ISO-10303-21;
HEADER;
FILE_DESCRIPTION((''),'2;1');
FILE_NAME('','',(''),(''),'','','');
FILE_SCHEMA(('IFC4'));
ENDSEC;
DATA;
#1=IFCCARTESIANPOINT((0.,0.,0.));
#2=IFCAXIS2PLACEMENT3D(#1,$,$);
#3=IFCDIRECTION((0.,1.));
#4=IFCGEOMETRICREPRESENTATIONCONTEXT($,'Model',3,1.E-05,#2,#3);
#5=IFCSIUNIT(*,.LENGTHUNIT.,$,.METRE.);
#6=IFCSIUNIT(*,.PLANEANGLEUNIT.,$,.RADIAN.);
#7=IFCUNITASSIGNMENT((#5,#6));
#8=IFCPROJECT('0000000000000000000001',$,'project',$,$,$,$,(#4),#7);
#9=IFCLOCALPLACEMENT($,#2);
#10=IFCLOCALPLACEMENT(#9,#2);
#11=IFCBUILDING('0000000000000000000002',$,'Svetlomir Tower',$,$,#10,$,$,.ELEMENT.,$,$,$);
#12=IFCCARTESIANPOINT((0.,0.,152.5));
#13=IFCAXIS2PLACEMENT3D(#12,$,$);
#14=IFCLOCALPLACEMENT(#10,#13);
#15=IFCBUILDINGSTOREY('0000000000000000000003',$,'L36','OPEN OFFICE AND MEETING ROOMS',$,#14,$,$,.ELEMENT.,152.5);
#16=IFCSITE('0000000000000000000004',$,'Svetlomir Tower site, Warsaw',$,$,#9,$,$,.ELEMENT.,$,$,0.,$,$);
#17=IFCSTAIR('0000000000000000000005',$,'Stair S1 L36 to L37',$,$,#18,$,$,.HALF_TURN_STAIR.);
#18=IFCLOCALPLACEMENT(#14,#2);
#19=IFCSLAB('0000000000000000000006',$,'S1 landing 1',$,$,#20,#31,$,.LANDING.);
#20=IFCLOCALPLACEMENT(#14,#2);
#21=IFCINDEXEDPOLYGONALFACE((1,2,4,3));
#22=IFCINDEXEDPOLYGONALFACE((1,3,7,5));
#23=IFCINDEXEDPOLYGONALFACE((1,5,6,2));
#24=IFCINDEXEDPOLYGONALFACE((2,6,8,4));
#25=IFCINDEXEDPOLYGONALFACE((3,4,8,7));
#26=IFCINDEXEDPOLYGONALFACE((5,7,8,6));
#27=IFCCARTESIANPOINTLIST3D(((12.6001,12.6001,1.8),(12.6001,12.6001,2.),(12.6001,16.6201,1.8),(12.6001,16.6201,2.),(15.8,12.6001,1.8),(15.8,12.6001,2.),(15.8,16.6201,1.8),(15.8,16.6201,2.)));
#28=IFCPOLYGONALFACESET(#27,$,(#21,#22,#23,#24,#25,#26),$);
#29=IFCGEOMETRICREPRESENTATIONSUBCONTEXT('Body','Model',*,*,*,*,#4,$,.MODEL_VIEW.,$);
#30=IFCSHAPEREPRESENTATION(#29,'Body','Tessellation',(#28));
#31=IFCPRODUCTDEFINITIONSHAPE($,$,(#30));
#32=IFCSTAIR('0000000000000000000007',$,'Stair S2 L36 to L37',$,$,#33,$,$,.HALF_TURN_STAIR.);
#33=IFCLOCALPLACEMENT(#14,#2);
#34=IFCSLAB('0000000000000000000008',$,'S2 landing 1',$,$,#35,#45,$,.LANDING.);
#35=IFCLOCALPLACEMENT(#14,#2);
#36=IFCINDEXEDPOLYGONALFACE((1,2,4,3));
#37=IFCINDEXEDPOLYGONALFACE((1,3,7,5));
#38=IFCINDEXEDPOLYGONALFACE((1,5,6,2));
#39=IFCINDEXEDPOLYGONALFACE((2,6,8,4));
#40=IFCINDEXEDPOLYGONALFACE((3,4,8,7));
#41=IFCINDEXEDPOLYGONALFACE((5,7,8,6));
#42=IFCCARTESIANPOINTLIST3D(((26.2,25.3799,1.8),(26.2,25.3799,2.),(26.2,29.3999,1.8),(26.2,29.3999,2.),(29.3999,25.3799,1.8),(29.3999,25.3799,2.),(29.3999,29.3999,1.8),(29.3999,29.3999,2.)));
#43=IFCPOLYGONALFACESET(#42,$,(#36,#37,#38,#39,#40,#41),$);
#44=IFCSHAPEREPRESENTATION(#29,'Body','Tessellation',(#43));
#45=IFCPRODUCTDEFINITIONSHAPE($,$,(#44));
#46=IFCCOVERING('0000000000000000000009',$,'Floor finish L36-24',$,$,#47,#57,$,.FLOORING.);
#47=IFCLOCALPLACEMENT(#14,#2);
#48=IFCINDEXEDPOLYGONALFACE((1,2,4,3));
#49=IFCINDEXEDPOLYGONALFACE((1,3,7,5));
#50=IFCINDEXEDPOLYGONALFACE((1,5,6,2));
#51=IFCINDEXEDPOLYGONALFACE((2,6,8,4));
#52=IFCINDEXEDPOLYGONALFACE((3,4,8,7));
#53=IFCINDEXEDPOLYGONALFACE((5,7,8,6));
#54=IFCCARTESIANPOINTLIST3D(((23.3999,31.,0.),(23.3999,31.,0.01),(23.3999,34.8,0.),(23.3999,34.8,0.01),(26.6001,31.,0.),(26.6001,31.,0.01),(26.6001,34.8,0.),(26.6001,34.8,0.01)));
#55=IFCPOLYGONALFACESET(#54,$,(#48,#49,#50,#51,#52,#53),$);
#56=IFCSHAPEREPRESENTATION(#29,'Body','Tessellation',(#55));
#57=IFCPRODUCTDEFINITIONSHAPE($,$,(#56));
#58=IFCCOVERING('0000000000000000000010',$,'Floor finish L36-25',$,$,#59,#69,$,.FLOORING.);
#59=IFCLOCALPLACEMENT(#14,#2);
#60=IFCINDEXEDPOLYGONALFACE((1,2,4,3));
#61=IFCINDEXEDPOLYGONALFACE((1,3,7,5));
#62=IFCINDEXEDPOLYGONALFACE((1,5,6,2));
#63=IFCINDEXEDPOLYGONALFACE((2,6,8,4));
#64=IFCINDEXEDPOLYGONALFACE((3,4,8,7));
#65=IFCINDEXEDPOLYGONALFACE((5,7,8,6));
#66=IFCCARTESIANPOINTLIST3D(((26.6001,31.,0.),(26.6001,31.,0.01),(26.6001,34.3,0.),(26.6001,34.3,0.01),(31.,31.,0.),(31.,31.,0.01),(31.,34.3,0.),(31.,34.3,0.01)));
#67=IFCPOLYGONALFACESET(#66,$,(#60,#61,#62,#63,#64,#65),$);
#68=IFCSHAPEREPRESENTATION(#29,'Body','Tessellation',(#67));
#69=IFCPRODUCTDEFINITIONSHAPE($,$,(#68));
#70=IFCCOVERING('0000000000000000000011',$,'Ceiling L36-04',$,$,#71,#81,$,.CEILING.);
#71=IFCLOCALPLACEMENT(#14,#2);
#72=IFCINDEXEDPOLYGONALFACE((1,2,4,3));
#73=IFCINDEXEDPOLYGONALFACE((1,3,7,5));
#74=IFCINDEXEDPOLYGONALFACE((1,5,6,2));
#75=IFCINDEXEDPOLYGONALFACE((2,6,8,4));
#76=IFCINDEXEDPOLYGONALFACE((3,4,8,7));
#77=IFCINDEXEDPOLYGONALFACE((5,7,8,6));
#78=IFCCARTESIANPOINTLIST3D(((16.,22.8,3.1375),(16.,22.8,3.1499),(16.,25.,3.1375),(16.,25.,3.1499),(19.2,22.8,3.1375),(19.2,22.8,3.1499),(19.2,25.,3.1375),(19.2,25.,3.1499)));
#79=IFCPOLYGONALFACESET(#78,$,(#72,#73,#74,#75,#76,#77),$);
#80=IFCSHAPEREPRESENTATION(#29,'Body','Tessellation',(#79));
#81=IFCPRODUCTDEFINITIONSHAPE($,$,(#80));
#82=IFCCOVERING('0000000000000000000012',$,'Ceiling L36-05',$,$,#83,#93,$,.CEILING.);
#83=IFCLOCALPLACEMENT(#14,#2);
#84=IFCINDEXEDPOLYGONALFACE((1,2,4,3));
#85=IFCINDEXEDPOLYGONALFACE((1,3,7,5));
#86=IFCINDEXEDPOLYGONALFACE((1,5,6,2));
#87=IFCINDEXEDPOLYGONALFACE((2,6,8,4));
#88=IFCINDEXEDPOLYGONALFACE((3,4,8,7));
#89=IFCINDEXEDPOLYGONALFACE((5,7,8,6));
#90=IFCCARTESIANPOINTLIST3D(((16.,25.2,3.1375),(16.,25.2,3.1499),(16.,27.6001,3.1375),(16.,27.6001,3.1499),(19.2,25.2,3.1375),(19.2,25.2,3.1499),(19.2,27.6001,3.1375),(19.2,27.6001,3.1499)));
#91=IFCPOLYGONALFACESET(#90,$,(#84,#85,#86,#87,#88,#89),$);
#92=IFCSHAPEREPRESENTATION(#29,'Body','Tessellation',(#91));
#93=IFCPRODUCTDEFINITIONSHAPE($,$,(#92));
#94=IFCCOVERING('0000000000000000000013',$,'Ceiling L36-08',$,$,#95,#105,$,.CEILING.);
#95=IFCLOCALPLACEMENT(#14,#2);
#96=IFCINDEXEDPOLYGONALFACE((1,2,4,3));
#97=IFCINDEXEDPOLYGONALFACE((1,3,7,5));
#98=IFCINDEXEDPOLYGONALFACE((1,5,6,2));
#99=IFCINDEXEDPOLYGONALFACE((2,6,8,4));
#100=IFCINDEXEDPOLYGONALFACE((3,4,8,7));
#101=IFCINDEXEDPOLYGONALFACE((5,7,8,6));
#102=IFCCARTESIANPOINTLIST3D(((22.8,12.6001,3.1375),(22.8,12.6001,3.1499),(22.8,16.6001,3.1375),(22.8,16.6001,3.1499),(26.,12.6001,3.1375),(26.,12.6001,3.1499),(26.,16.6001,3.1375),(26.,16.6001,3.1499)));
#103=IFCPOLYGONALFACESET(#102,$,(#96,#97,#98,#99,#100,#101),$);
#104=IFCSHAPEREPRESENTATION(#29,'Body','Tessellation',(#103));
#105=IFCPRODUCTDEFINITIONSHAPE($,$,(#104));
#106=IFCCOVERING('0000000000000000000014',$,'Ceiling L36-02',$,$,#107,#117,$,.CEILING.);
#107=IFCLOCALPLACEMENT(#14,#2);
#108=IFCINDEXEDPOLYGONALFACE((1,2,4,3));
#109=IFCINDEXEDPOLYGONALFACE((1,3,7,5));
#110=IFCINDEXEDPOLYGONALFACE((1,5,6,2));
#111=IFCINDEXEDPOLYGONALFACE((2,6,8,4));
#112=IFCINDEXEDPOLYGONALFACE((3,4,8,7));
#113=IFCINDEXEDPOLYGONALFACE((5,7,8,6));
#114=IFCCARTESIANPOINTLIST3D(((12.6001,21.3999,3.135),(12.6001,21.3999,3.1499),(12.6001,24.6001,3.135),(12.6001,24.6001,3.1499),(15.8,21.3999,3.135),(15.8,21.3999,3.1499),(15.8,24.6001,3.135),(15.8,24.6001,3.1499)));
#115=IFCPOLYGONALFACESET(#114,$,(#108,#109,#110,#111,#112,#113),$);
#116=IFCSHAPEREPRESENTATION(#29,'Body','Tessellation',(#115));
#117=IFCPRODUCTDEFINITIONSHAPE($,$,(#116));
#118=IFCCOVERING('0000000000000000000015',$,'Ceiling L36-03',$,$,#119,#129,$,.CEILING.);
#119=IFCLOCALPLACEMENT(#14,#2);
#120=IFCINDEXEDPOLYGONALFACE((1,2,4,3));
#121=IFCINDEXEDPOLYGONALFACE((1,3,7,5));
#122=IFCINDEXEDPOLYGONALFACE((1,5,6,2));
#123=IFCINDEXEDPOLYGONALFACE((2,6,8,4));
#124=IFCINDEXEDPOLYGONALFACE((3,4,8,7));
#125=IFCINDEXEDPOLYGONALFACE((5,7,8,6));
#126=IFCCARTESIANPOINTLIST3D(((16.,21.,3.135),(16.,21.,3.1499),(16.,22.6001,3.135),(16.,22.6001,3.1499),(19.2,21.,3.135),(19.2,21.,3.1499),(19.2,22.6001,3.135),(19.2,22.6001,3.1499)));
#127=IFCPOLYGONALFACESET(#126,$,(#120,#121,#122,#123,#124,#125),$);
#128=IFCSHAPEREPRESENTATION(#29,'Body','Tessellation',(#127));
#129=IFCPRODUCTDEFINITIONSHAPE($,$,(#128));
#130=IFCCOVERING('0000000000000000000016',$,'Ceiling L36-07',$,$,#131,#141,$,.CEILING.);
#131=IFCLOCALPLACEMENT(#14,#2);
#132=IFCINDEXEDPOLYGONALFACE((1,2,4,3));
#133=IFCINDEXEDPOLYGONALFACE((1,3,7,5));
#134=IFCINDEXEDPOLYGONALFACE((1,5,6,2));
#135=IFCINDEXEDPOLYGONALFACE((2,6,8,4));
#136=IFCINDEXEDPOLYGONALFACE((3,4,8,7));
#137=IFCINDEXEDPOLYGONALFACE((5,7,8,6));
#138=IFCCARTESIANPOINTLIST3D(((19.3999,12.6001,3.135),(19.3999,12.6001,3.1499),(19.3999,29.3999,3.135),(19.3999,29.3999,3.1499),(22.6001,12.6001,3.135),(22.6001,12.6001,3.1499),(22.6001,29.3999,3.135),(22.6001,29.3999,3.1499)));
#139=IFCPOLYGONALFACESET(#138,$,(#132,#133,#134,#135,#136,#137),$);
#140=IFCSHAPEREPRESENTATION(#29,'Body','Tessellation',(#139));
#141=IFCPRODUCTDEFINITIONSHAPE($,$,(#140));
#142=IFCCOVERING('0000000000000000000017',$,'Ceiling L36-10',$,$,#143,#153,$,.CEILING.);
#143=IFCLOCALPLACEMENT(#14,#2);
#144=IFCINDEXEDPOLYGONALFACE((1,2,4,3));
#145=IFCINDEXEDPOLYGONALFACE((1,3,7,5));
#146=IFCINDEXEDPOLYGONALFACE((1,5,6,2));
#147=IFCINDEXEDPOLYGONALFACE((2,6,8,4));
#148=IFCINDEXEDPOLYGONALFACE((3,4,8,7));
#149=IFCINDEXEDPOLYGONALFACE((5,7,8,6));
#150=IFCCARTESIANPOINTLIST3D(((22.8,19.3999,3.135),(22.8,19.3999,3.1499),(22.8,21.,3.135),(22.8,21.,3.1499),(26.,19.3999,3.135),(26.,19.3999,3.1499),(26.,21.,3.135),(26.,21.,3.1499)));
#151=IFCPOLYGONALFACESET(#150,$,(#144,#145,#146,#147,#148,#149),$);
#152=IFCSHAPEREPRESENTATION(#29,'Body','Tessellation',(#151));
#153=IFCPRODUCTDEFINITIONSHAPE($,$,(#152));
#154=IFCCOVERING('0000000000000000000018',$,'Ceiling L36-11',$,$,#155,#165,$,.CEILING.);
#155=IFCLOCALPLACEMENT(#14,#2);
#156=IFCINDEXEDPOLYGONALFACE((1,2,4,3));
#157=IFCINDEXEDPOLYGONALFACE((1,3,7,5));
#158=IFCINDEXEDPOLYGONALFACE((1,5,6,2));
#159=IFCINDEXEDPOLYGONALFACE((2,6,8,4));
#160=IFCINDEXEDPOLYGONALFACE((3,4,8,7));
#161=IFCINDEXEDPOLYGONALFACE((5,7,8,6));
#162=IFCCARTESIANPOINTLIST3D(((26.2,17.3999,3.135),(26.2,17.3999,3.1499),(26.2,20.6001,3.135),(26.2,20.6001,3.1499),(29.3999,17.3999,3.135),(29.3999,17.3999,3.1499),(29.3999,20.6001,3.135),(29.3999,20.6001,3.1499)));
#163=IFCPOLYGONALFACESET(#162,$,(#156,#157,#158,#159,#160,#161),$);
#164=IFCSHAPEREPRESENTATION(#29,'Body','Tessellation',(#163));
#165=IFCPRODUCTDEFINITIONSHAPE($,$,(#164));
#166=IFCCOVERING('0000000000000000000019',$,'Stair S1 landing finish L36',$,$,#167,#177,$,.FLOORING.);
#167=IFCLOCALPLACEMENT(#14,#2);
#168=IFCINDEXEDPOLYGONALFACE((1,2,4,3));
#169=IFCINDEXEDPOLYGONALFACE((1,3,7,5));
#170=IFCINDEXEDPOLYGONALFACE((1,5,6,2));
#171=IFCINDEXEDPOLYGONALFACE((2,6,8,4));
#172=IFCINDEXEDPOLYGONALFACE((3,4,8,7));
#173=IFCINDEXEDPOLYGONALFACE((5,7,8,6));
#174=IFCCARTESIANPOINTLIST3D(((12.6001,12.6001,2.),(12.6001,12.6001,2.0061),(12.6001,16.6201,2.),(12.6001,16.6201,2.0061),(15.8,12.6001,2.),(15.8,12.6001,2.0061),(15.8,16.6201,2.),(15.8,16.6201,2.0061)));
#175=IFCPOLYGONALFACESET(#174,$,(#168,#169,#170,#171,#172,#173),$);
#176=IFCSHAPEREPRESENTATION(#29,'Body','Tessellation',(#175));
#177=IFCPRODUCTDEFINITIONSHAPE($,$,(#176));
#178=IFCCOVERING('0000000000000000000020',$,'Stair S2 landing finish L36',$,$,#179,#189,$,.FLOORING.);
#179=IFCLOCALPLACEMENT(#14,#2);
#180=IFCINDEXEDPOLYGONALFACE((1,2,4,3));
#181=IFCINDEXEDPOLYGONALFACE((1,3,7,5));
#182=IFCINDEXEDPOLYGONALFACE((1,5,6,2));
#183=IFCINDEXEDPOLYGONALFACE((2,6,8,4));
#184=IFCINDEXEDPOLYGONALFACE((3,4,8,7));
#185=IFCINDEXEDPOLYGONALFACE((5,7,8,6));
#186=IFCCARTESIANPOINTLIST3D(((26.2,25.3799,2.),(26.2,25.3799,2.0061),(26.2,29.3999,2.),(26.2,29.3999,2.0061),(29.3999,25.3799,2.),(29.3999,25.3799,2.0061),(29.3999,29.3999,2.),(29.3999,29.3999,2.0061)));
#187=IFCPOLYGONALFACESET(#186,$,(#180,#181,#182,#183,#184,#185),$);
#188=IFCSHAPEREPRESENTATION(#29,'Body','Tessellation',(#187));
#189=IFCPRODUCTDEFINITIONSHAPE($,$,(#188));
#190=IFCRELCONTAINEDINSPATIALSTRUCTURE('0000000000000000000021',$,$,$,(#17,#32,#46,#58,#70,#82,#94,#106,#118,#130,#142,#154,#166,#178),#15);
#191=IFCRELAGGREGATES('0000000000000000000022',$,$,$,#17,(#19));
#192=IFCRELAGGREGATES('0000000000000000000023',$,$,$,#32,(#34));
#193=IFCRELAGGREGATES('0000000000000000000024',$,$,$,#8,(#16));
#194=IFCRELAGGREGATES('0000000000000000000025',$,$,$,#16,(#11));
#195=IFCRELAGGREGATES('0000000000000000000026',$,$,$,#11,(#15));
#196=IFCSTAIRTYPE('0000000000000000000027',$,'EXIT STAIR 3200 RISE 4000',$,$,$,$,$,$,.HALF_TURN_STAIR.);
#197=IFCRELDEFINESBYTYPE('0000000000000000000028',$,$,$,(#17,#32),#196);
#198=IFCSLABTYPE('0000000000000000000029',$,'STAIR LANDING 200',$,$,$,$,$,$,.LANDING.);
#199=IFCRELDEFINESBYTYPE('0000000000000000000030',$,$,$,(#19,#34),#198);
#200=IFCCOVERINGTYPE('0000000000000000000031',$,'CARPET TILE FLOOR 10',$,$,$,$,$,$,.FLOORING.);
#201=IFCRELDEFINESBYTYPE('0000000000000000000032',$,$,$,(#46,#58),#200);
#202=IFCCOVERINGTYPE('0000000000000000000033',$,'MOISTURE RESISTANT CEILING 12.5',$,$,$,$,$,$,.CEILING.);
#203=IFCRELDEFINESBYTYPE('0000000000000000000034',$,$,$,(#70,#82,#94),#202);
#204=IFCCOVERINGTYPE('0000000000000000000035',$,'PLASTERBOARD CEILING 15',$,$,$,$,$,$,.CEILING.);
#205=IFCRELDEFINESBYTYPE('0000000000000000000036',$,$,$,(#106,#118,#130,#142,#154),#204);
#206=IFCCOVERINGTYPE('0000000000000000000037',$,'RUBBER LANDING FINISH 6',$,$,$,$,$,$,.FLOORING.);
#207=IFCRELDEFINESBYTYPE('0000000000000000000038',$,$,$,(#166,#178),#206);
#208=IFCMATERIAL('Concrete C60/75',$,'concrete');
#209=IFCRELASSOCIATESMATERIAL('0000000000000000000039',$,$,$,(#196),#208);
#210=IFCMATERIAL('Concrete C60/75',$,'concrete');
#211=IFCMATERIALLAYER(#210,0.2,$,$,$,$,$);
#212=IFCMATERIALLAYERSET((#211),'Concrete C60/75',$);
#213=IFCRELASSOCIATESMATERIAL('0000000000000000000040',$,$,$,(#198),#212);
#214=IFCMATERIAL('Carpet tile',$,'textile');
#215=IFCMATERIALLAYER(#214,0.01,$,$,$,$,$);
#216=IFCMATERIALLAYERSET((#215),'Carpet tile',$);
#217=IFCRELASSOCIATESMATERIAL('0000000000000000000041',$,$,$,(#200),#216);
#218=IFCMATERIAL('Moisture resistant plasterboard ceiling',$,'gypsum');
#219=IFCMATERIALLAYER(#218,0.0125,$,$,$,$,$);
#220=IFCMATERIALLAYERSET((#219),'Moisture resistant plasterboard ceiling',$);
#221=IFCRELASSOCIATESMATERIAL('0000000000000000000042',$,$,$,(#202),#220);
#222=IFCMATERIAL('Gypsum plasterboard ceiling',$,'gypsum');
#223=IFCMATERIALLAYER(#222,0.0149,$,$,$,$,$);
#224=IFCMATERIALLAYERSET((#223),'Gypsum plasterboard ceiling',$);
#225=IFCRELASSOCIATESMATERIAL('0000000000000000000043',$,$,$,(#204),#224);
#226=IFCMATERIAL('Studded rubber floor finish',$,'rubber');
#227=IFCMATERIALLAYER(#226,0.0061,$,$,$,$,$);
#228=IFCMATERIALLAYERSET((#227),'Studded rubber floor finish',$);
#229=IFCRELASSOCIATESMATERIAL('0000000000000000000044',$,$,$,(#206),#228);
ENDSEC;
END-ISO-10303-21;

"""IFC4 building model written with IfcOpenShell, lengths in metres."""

from ifc_helpers import new_model, si_unit, direction, frame, origin, place, context, subcontext, project, spatial, polyline, outline, extrude, material, layer, layer_set, type_object, element, aggregate, save


model = new_model("IFC4")

# Units and contexts
model_context = context("Model", 3, precision=1e-05, world=origin(), true_north=direction((0.0, 1.0)))
body_context = subcontext(model_context, "Body", "Model", "MODEL_VIEW")
ifc_project = project(units=[si_unit("LENGTHUNIT", "METRE"), si_unit("PLANEANGLEUNIT", "RADIAN")], contexts=[model_context])

# Site, building, storey
site_placement = place(None, origin())
site = spatial("IfcSite", under=ifc_project, at=site_placement, Name="Svetlomir Tower site, Warsaw", CompositionType="ELEMENT", RefElevation=0.0)
building_placement = place(site_placement, origin())
building = spatial("IfcBuilding", under=site, at=building_placement, Name="Svetlomir Tower", CompositionType="ELEMENT")
storey_placement = place(building_placement, frame((0.0, 0.0, 152.5)))
storey = spatial("IfcBuildingStorey", under=building, at=storey_placement, Name="L36", Description="OPEN OFFICE AND MEETING ROOMS", CompositionType="ELEMENT", Elevation=152.5)

# Stairs, slabs
ifc_material_1 = material(Name="Concrete C60/75", Category="concrete")
stair_type = type_object("IfcStairType", Name="EXIT STAIR 3200 RISE 4000", PredefinedType="HALF_TURN_STAIR", material=ifc_material_1)
stair_1_placement = place(storey_placement, origin())
stair_1 = element("IfcStair", 1, at=stair_1_placement, inside=storey, type_object=stair_type, Name="Stair S1 L36 to L37", PredefinedType="HALF_TURN_STAIR")
ifc_material_2 = material(Name="Concrete C60/75", Category="concrete")
ifc_layer_1 = layer(ifc_material_2, 0.2)
ifc_layer_set_1 = layer_set([ifc_layer_1], Name="Concrete C60/75")
slab_type = type_object("IfcSlabType", Name="STAIR LANDING 200", PredefinedType="LANDING", material=ifc_layer_set_1)
slab_1_placement = place(storey_placement, frame((0.0, 0.0, 1.8)))
slab_1 = element("IfcSlab", 2, at=slab_1_placement, type_object=slab_type, Name="S1 landing 1", PredefinedType="LANDING", context=body_context, shape_type="SweptSolid", body=[
    extrude(outline(polyline([(12.6001, 12.6001), (15.8, 12.6001), (15.8, 16.6201), (12.6001, 16.6201), (12.6001, 12.6001)])), origin(), (0.0, 0.0, 1.0), 0.2),
])
aggregate(stair_1, [slab_1])
stair_2_placement = place(storey_placement, origin())
stair_2 = element("IfcStair", 3, at=stair_2_placement, inside=storey, type_object=stair_type, Name="Stair S2 L36 to L37", PredefinedType="HALF_TURN_STAIR")
slab_2_placement = place(storey_placement, frame((0.0, 0.0, 1.8)))
slab_2 = element("IfcSlab", 4, at=slab_2_placement, type_object=slab_type, Name="S2 landing 1", PredefinedType="LANDING", context=body_context, shape_type="SweptSolid", body=[
    extrude(outline(polyline([(26.2, 25.3799), (29.3999, 25.3799), (29.3999, 29.3999), (26.2, 29.3999), (26.2, 25.3799)])), origin(), (0.0, 0.0, 1.0), 0.2),
])
aggregate(stair_2, [slab_2])

# Coverings
ifc_material_3 = material(Name="Carpet tile", Category="textile")
ifc_layer_2 = layer(ifc_material_3, 0.01)
ifc_layer_set_2 = layer_set([ifc_layer_2], Name="Carpet tile")
covering_type_1 = type_object("IfcCoveringType", Name="CARPET TILE FLOOR 10", PredefinedType="FLOORING", material=ifc_layer_set_2)
covering_1_placement = place(storey_placement, origin())
element("IfcCovering", 5, at=covering_1_placement, inside=storey, type_object=covering_type_1, Name="Floor finish L36-24", PredefinedType="FLOORING", context=body_context, shape_type="SweptSolid", body=[
    extrude(outline(polyline([(23.3999, 31.0), (26.6001, 31.0), (26.6001, 34.8), (23.3999, 34.8), (23.3999, 31.0)])), origin(), (0.0, 0.0, 1.0), 0.01),
])
covering_2_placement = place(storey_placement, origin())
element("IfcCovering", 6, at=covering_2_placement, inside=storey, type_object=covering_type_1, Name="Floor finish L36-25", PredefinedType="FLOORING", context=body_context, shape_type="SweptSolid", body=[
    extrude(outline(polyline([(26.6001, 31.0), (31.0, 31.0), (31.0, 34.3), (26.6001, 34.3), (26.6001, 31.0)])), origin(), (0.0, 0.0, 1.0), 0.01),
])
ifc_material_4 = material(Name="Moisture resistant plasterboard ceiling", Category="gypsum")
ifc_layer_3 = layer(ifc_material_4, 0.0125)
ifc_layer_set_3 = layer_set([ifc_layer_3], Name="Moisture resistant plasterboard ceiling")
covering_type_2 = type_object("IfcCoveringType", Name="MOISTURE RESISTANT CEILING 12.5", PredefinedType="CEILING", material=ifc_layer_set_3)
covering_3_placement = place(storey_placement, frame((0.0, 0.0, 3.1375)))
element("IfcCovering", 7, at=covering_3_placement, inside=storey, type_object=covering_type_2, Name="Ceiling L36-04", PredefinedType="CEILING", context=body_context, shape_type="SweptSolid", body=[
    extrude(outline(polyline([(16.0, 22.8), (19.2, 22.8), (19.2, 25.0), (16.0, 25.0), (16.0, 22.8)])), origin(), (0.0, 0.0, 1.0), 0.0125),
])
covering_4_placement = place(storey_placement, frame((0.0, 0.0, 3.1375)))
element("IfcCovering", 8, at=covering_4_placement, inside=storey, type_object=covering_type_2, Name="Ceiling L36-05", PredefinedType="CEILING", context=body_context, shape_type="SweptSolid", body=[
    extrude(outline(polyline([(16.0, 25.2), (19.2, 25.2), (19.2, 27.6001), (16.0, 27.6001), (16.0, 25.2)])), origin(), (0.0, 0.0, 1.0), 0.0125),
])
covering_5_placement = place(storey_placement, frame((0.0, 0.0, 3.1375)))
element("IfcCovering", 9, at=covering_5_placement, inside=storey, type_object=covering_type_2, Name="Ceiling L36-08", PredefinedType="CEILING", context=body_context, shape_type="SweptSolid", body=[
    extrude(outline(polyline([(22.8, 12.6001), (26.0, 12.6001), (26.0, 16.6001), (22.8, 16.6001), (22.8, 12.6001)])), origin(), (0.0, 0.0, 1.0), 0.0125),
])
ifc_material_5 = material(Name="Gypsum plasterboard ceiling", Category="gypsum")
ifc_layer_4 = layer(ifc_material_5, 0.0149)
ifc_layer_set_4 = layer_set([ifc_layer_4], Name="Gypsum plasterboard ceiling")
covering_type_3 = type_object("IfcCoveringType", Name="PLASTERBOARD CEILING 15", PredefinedType="CEILING", material=ifc_layer_set_4)
covering_6_placement = place(storey_placement, frame((0.0, 0.0, 3.135)))
element("IfcCovering", 10, at=covering_6_placement, inside=storey, type_object=covering_type_3, Name="Ceiling L36-02", PredefinedType="CEILING", context=body_context, shape_type="SweptSolid", body=[
    extrude(outline(polyline([(12.6001, 21.3999), (15.8, 21.3999), (15.8, 24.6001), (12.6001, 24.6001), (12.6001, 21.3999)])), origin(), (0.0, 0.0, 1.0), 0.0149),
])
covering_7_placement = place(storey_placement, frame((0.0, 0.0, 3.135)))
element("IfcCovering", 11, at=covering_7_placement, inside=storey, type_object=covering_type_3, Name="Ceiling L36-03", PredefinedType="CEILING", context=body_context, shape_type="SweptSolid", body=[
    extrude(outline(polyline([(16.0, 21.0), (19.2, 21.0), (19.2, 22.6001), (16.0, 22.6001), (16.0, 21.0)])), origin(), (0.0, 0.0, 1.0), 0.0149),
])
covering_8_placement = place(storey_placement, frame((0.0, 0.0, 3.135)))
element("IfcCovering", 12, at=covering_8_placement, inside=storey, type_object=covering_type_3, Name="Ceiling L36-07", PredefinedType="CEILING", context=body_context, shape_type="SweptSolid", body=[
    extrude(outline(polyline([(19.3999, 12.6001), (22.6001, 12.6001), (22.6001, 29.3999), (19.3999, 29.3999), (19.3999, 12.6001)])), origin(), (0.0, 0.0, 1.0), 0.0149),
])
covering_9_placement = place(storey_placement, frame((0.0, 0.0, 3.135)))
element("IfcCovering", 13, at=covering_9_placement, inside=storey, type_object=covering_type_3, Name="Ceiling L36-10", PredefinedType="CEILING", context=body_context, shape_type="SweptSolid", body=[
    extrude(outline(polyline([(22.8, 19.3999), (26.0, 19.3999), (26.0, 21.0), (22.8, 21.0), (22.8, 19.3999)])), origin(), (0.0, 0.0, 1.0), 0.0149),
])
covering_10_placement = place(storey_placement, frame((0.0, 0.0, 3.135)))
element("IfcCovering", 14, at=covering_10_placement, inside=storey, type_object=covering_type_3, Name="Ceiling L36-11", PredefinedType="CEILING", context=body_context, shape_type="SweptSolid", body=[
    extrude(outline(polyline([(26.2, 17.3999), (29.3999, 17.3999), (29.3999, 20.6001), (26.2, 20.6001), (26.2, 17.3999)])), origin(), (0.0, 0.0, 1.0), 0.0149),
])
ifc_material_6 = material(Name="Studded rubber floor finish", Category="rubber")
ifc_layer_5 = layer(ifc_material_6, 0.0061)
ifc_layer_set_5 = layer_set([ifc_layer_5], Name="Studded rubber floor finish")
covering_type_4 = type_object("IfcCoveringType", Name="RUBBER LANDING FINISH 6", PredefinedType="FLOORING", material=ifc_layer_set_5)
covering_11_placement = place(storey_placement, frame((0.0, 0.0, 2.0)))
element("IfcCovering", 15, at=covering_11_placement, inside=storey, type_object=covering_type_4, Name="Stair S1 landing finish L36", PredefinedType="FLOORING", context=body_context, shape_type="SweptSolid", body=[
    extrude(outline(polyline([(12.6001, 12.6001), (15.8, 12.6001), (15.8, 16.6201), (12.6001, 16.6201), (12.6001, 12.6001)])), origin(), (0.0, 0.0, 1.0), 0.0061),
])
covering_12_placement = place(storey_placement, frame((0.0, 0.0, 2.0)))
element("IfcCovering", 16, at=covering_12_placement, inside=storey, type_object=covering_type_4, Name="Stair S2 landing finish L36", PredefinedType="FLOORING", context=body_context, shape_type="SweptSolid", body=[
    extrude(outline(polyline([(26.2, 25.3799), (29.3999, 25.3799), (29.3999, 29.3999), (26.2, 29.3999), (26.2, 25.3799)])), origin(), (0.0, 0.0, 1.0), 0.0061),
])

save(model, "model.ifc")
